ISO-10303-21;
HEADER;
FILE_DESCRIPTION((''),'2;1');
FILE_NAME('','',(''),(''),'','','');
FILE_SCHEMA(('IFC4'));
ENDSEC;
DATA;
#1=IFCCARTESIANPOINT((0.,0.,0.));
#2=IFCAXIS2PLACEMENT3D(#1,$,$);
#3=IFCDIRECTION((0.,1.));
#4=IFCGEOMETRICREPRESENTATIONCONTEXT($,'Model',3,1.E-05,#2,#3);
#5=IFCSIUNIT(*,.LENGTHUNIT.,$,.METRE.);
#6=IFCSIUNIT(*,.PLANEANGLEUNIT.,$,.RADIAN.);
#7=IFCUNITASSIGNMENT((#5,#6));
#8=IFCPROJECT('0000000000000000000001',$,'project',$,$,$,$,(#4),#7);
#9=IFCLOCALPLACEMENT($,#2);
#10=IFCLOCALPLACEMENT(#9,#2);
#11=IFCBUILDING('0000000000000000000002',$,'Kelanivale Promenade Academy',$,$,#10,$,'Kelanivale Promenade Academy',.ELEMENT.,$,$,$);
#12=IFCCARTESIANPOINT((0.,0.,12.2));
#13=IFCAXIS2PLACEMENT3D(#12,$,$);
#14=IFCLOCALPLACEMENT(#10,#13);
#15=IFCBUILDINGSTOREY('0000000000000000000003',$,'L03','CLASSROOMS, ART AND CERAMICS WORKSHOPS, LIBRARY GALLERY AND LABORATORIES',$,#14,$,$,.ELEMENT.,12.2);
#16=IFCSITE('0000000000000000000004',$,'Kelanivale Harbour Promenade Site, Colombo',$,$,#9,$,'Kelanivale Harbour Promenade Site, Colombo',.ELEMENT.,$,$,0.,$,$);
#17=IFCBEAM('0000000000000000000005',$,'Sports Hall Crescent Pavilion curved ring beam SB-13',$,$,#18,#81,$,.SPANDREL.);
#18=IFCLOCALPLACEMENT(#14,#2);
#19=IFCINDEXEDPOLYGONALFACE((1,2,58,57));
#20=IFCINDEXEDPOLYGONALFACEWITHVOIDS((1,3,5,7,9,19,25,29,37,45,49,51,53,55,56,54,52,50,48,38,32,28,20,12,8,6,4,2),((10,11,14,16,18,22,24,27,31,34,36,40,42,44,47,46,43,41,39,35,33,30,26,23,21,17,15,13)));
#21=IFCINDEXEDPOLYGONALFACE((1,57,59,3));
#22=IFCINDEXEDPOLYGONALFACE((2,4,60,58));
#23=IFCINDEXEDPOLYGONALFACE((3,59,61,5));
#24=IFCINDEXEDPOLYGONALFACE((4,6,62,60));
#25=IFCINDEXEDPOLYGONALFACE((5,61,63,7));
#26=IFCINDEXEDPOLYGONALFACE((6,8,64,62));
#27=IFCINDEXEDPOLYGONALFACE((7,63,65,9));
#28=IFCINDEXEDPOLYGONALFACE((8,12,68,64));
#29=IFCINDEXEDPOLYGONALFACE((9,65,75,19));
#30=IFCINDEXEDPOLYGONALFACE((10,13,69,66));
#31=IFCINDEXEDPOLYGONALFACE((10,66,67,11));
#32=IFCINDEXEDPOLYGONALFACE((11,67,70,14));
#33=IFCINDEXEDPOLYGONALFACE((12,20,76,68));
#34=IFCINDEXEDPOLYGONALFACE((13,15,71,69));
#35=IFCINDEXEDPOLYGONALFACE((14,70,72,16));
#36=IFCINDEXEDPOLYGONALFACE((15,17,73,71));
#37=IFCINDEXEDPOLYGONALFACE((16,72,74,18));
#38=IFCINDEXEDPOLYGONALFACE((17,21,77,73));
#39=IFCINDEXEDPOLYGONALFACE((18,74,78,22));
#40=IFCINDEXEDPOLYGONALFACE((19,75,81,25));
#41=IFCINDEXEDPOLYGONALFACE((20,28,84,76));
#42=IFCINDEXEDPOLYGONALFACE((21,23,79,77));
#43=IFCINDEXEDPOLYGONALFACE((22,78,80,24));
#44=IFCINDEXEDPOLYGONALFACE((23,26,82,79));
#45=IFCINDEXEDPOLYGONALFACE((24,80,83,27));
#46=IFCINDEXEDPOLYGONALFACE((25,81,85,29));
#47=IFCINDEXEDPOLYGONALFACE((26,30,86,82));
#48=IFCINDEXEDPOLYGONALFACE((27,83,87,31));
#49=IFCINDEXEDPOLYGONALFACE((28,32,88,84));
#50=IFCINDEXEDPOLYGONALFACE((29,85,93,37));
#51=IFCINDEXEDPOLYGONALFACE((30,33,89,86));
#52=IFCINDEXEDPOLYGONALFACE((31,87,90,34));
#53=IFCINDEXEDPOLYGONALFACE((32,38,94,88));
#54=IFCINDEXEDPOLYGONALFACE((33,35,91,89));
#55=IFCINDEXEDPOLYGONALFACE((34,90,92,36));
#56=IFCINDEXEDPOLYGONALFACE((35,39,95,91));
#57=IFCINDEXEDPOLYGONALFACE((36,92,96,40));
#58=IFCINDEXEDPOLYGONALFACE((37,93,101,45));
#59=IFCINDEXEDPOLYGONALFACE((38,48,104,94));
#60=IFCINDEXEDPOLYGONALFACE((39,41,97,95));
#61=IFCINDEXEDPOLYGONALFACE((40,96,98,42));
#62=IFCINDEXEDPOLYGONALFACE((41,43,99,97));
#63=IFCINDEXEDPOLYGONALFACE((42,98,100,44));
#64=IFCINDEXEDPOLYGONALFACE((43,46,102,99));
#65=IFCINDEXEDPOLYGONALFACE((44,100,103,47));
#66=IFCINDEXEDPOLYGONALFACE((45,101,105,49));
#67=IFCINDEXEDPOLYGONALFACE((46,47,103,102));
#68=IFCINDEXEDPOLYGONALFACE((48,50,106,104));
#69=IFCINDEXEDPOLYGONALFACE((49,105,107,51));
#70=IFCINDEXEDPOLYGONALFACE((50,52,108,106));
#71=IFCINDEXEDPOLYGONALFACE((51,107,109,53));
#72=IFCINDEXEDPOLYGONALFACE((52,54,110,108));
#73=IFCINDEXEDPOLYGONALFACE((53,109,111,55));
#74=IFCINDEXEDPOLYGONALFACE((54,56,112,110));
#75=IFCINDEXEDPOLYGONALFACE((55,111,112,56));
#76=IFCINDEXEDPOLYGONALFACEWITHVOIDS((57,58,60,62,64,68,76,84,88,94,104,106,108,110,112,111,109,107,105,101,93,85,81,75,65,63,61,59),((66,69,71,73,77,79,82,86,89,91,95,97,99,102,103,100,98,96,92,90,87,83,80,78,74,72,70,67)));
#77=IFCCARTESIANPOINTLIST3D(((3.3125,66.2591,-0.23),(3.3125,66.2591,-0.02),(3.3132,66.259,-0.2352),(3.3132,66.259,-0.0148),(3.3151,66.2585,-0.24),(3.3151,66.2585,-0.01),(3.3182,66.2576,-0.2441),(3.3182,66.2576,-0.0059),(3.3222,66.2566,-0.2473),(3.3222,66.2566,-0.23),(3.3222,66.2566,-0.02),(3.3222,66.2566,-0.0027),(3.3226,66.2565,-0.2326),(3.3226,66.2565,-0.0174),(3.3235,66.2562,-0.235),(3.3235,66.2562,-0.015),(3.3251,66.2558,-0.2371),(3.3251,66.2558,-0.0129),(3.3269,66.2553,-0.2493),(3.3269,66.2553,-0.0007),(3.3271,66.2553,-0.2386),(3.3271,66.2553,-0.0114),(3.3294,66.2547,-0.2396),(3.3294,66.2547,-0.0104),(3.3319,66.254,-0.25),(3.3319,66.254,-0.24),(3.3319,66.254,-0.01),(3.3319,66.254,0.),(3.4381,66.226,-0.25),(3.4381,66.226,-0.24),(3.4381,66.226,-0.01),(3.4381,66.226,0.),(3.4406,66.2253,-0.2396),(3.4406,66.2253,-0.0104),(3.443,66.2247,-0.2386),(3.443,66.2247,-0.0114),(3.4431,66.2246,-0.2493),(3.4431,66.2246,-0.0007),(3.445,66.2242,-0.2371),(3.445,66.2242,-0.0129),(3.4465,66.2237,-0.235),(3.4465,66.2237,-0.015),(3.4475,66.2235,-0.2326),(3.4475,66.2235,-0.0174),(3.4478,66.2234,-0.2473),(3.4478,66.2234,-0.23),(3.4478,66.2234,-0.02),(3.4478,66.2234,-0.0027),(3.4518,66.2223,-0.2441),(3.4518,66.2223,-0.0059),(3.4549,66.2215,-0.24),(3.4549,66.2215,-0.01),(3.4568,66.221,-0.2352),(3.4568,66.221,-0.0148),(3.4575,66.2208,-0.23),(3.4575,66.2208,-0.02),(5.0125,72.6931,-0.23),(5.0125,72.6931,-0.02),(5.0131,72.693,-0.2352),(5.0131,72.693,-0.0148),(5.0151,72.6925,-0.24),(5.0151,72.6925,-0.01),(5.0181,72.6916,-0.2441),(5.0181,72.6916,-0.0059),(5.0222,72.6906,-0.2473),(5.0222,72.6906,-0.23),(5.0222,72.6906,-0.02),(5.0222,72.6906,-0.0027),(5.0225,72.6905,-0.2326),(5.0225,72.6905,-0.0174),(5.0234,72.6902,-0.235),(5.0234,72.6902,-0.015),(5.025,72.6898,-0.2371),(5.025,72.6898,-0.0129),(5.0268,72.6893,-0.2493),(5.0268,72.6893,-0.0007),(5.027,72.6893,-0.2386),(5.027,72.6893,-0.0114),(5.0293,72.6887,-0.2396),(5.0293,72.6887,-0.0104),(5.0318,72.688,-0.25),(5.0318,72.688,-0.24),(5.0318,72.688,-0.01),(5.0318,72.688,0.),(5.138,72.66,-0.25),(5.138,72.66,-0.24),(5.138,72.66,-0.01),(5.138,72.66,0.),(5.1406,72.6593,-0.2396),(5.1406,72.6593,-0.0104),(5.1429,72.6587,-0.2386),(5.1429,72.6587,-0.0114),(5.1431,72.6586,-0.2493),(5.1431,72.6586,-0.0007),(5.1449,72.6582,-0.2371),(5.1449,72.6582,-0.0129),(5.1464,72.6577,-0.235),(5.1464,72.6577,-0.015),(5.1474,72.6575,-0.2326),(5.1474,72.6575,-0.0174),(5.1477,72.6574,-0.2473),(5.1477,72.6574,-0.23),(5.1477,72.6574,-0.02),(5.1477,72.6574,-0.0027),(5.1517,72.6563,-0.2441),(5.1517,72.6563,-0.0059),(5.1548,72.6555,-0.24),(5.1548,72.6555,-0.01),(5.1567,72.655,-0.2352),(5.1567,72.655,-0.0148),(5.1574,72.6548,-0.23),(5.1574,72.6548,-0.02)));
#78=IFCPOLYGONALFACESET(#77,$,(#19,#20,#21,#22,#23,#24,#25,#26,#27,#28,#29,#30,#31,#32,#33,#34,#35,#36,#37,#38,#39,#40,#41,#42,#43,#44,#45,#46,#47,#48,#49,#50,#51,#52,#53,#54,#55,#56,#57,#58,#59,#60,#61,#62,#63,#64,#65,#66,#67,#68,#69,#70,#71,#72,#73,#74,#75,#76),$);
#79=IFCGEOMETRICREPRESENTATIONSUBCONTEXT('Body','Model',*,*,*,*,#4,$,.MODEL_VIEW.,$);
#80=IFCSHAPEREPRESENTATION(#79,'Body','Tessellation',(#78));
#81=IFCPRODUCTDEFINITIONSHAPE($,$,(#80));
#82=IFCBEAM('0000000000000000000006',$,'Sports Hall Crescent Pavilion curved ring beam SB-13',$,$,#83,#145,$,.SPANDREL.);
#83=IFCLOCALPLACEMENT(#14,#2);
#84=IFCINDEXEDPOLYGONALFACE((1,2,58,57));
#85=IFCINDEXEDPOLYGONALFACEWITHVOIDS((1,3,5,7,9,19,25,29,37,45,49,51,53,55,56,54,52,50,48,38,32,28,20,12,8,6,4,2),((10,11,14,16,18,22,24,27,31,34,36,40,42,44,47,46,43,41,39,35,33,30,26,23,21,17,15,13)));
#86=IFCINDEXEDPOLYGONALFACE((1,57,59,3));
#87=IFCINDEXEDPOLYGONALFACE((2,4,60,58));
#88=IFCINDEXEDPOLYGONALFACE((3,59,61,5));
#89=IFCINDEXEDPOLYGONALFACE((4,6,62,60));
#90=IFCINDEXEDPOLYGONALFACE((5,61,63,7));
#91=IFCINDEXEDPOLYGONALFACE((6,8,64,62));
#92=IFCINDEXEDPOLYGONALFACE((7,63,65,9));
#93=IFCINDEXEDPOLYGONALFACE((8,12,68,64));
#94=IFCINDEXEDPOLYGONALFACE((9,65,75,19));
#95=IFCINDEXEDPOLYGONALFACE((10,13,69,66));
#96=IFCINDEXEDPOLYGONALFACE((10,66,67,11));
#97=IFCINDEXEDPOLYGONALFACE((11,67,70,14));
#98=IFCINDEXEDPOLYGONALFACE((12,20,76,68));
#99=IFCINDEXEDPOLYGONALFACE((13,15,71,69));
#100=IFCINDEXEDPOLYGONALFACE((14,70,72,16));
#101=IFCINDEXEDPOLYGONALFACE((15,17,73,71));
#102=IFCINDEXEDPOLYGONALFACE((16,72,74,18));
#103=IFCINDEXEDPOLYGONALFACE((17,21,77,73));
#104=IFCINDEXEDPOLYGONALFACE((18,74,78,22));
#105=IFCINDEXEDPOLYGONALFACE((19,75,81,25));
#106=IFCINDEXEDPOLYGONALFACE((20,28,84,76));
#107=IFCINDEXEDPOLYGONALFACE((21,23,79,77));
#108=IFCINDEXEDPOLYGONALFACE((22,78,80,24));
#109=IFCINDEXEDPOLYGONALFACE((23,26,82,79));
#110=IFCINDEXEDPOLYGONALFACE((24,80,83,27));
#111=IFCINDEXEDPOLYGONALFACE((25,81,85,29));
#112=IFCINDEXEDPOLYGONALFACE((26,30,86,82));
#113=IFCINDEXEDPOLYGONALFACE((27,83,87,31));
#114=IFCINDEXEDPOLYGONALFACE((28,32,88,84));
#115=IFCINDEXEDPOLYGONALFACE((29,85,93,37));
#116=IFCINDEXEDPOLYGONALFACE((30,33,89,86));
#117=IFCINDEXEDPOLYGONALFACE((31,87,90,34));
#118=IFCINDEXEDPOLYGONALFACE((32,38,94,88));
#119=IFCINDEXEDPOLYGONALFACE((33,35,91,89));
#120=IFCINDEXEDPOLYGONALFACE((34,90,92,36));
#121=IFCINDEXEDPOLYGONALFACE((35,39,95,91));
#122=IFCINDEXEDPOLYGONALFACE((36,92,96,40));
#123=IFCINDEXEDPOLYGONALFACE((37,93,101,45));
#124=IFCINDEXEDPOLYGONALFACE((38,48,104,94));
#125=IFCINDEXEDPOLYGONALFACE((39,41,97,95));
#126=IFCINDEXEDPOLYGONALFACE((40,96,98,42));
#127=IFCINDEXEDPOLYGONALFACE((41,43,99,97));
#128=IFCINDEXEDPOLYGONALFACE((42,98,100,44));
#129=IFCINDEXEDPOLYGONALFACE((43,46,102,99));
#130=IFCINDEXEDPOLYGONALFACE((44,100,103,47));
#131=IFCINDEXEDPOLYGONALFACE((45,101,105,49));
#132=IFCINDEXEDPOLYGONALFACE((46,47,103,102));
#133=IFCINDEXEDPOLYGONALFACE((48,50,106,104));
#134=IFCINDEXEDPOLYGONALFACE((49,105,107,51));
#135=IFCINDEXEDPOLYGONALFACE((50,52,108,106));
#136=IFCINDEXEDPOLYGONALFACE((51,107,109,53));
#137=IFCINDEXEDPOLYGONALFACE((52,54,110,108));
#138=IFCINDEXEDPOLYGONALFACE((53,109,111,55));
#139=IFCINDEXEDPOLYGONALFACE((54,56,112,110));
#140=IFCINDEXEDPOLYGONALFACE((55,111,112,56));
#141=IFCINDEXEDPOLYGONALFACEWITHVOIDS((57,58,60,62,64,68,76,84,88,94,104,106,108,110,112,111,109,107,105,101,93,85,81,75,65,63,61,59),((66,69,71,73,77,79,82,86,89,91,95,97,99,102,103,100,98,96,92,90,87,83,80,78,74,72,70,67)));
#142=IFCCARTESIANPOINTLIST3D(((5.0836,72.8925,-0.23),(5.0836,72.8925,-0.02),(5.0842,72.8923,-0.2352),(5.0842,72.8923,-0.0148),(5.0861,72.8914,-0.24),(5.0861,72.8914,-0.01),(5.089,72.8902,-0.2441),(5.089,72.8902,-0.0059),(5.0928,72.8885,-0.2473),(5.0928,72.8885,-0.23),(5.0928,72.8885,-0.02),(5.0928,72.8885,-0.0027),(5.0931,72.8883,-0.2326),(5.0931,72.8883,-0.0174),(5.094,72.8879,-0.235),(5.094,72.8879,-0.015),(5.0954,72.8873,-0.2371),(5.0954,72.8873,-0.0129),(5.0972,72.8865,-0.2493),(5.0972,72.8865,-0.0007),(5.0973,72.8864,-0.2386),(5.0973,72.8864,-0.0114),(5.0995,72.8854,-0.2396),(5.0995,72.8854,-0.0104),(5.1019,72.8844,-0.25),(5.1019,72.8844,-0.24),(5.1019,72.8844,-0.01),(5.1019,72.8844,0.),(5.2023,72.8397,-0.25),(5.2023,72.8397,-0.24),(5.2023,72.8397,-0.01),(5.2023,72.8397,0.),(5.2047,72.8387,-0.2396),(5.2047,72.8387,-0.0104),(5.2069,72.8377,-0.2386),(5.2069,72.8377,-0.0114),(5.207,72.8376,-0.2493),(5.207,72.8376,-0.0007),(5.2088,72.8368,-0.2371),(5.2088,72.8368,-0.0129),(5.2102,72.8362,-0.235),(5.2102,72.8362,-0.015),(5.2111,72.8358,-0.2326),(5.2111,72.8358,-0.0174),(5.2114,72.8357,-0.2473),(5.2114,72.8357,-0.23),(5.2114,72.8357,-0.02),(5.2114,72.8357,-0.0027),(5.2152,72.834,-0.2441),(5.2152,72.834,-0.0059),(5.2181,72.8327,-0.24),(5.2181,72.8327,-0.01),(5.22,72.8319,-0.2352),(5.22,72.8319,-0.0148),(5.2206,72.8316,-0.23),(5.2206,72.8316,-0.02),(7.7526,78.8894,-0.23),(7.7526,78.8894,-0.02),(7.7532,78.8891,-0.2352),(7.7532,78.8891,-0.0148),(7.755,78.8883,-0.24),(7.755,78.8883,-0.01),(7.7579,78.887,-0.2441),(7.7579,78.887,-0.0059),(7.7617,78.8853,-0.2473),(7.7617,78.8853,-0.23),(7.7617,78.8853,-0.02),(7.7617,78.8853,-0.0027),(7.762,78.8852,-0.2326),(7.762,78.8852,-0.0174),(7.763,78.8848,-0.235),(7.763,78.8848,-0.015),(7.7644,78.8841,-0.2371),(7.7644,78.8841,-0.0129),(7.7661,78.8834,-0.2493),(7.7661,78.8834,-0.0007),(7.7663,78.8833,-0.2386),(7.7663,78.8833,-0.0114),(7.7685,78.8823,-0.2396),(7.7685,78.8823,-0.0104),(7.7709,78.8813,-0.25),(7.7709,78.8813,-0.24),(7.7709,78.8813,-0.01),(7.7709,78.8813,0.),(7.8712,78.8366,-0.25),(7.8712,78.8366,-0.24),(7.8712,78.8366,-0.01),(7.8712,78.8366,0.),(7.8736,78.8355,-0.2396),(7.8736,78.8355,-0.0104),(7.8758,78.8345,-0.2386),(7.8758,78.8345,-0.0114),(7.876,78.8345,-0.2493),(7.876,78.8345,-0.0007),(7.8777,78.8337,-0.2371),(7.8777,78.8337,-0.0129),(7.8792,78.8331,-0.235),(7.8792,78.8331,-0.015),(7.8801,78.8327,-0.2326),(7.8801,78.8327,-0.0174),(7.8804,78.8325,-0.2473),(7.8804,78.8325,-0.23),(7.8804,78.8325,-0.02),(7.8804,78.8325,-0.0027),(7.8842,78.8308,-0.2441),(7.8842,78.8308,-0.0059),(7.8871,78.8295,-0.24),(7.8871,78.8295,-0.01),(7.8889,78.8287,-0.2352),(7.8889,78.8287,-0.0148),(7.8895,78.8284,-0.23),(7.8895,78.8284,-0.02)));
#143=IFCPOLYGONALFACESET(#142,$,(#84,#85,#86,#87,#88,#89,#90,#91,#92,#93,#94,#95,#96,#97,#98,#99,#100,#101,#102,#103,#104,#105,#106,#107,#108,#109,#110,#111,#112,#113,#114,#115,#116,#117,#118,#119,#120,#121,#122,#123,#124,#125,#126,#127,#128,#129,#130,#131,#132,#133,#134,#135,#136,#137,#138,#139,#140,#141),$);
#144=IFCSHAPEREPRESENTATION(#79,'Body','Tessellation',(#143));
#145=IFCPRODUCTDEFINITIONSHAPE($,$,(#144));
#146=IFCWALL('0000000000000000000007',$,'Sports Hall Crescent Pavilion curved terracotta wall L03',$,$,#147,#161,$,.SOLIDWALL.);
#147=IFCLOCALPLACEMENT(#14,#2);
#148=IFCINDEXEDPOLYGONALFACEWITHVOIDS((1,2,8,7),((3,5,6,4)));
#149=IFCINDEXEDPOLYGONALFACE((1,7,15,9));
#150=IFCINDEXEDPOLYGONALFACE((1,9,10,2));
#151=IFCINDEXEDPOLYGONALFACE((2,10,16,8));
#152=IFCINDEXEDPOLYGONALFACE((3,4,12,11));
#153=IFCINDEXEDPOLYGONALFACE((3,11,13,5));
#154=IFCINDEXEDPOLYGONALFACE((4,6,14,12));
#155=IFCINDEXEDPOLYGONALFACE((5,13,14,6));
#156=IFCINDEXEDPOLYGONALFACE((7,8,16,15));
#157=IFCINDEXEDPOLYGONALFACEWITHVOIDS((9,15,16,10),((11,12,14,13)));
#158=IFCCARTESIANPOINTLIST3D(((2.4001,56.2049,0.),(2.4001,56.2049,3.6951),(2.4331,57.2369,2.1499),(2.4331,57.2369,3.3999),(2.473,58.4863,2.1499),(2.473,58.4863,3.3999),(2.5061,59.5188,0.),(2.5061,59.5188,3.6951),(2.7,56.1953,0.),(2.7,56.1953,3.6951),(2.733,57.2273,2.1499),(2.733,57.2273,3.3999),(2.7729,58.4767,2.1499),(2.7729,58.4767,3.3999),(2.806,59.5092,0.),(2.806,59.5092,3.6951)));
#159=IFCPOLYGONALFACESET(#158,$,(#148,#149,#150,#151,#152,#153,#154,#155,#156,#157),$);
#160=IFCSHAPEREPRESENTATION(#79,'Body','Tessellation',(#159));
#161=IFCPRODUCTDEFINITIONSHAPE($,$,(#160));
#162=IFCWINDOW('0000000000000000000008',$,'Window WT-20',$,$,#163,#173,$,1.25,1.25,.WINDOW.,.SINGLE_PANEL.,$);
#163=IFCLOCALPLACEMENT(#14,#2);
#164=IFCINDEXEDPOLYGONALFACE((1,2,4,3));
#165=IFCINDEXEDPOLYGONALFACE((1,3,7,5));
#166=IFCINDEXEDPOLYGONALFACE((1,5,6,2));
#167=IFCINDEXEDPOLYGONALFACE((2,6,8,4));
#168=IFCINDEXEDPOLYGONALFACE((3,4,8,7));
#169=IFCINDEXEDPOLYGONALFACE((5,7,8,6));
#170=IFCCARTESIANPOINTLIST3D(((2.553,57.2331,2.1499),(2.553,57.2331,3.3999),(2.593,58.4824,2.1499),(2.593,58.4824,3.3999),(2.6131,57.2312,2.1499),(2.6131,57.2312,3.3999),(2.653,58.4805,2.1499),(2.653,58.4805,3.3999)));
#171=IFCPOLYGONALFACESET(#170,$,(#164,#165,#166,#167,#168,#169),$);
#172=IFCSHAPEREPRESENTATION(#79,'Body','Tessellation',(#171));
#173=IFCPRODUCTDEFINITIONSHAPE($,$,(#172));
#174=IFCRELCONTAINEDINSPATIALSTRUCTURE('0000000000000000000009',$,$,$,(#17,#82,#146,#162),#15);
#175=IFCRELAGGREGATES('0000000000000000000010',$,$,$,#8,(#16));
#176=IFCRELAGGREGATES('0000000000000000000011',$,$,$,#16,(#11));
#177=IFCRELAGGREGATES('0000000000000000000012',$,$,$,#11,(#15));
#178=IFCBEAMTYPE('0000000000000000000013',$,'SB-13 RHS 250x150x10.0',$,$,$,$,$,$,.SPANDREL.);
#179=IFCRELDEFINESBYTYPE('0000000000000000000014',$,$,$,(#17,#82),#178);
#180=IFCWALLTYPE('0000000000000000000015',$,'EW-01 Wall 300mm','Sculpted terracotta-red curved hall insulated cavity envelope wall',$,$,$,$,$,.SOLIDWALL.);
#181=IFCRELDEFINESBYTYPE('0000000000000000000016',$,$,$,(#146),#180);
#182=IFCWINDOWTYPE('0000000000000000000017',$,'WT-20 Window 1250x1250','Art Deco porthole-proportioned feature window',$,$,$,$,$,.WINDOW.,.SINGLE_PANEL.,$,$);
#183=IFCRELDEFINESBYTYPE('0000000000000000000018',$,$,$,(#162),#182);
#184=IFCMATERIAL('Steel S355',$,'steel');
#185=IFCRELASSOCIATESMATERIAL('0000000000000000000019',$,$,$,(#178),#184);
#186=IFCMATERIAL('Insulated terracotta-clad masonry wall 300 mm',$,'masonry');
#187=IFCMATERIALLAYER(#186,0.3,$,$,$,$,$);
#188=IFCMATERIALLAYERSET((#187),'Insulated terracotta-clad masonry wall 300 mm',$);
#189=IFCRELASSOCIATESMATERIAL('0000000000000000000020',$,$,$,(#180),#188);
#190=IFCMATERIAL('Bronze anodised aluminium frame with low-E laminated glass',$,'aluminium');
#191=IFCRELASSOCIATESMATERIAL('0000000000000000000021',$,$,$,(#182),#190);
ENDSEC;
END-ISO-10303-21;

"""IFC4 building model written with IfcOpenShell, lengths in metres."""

from ifc_helpers import new_model, si_unit, direction, frame, frame_2d, origin, origin_2d, place, context, subcontext, project, spatial, rectangle, hollow_rectangle, extrude, material, layer, layer_set, material_profile, profile_set, type_object, element, fill, save


model = new_model("IFC4")

# Units and contexts
model_context = context("Model", 3, precision=1e-05, world=origin(), true_north=direction((0.0, 1.0)))
body_context = subcontext(model_context, "Body", "Model", "MODEL_VIEW")
ifc_project = project(units=[si_unit("LENGTHUNIT", "METRE"), si_unit("PLANEANGLEUNIT", "RADIAN")], contexts=[model_context])

# Site, building, storey
site_placement = place(None, origin())
site = spatial("IfcSite", under=ifc_project, at=site_placement, Name="Kelanivale Harbour Promenade Site, Colombo", LongName="Kelanivale Harbour Promenade Site, Colombo", CompositionType="ELEMENT", RefElevation=0.0)
building_placement = place(site_placement, origin())
building = spatial("IfcBuilding", under=site, at=building_placement, Name="Kelanivale Promenade Academy", LongName="Kelanivale Promenade Academy", CompositionType="ELEMENT")
storey_placement = place(building_placement, frame((0.0, 0.0, 12.2)))
storey = spatial("IfcBuildingStorey", under=building, at=storey_placement, Name="L03", Description="CLASSROOMS, ART AND CERAMICS WORKSHOPS, LIBRARY GALLERY AND LABORATORIES", CompositionType="ELEMENT", Elevation=12.2)

# Shared definitions
ifc_material_1 = material(Name="Steel S355", Category="steel")

# Beams
ifc_material_profile_1 = material_profile(ifc_material_1, hollow_rectangle(XDim=0.1499, YDim=0.25, WallThickness=0.01, InnerFilletRadius=0.01, OuterFilletRadius=0.02, at=origin_2d()), Name="RHS 250x150x10.0")
ifc_profile_set_1 = profile_set([ifc_material_profile_1], Name="Steel S355")
beam_type = type_object("IfcBeamType", Name="SB-13 RHS 250x150x10.0", PredefinedType="SPANDREL", material=ifc_profile_set_1)
beam_1_placement = place(storey_placement, frame((3.385, 66.24, -0.125), z_axis=(0.255445, 0.966824, 0.0), x_axis=(-0.966824, 0.255445, 0.0)))
element("IfcBeam", 1, at=beam_1_placement, inside=storey, type_object=beam_type, Name="Sports Hall Crescent Pavilion curved ring beam SB-13", PredefinedType="SPANDREL", context=body_context, shape_type="SweptSolid", body=[
    extrude(hollow_rectangle(XDim=0.1499, YDim=0.25, WallThickness=0.01, InnerFilletRadius=0.01, OuterFilletRadius=0.02, at=origin_2d()), origin(), (0.0, 0.0, 1.0), 6.6548),
])
beam_2_placement = place(storey_placement, frame((5.1521, 72.8621, -0.125), z_axis=(0.406608, 0.913603, 0.0), x_axis=(-0.913603, 0.406608, 0.0)))
element("IfcBeam", 2, at=beam_2_placement, inside=storey, type_object=beam_type, Name="Sports Hall Crescent Pavilion curved ring beam SB-13", PredefinedType="SPANDREL", context=body_context, shape_type="SweptSolid", body=[
    extrude(hollow_rectangle(XDim=0.1499, YDim=0.25, WallThickness=0.01, InnerFilletRadius=0.01, OuterFilletRadius=0.02, at=origin_2d()), origin(), (0.0, 0.0, 1.0), 6.564),
])

# Wall, opening, window
ifc_material_2 = material(Name="Insulated terracotta-clad masonry wall 300 mm", Category="masonry")
ifc_layer_1 = layer(ifc_material_2, 0.3)
ifc_layer_set_1 = layer_set([ifc_layer_1], Name="Insulated terracotta-clad masonry wall 300 mm")
wall_type = type_object("IfcWallType", Name="EW-01 Wall 300mm", Description="Sculpted terracotta-red curved hall insulated cavity envelope wall", PredefinedType="SOLIDWALL", material=ifc_layer_set_1)
wall_1_placement = place(storey_placement, frame((2.656, 59.5139, 0.0), z_axis=(0.0, 0.0, 1.0), x_axis=(-0.031957, -0.999489, 0.0)))
wall_1 = element("IfcWall", 3, at=wall_1_placement, inside=storey, type_object=wall_type, Name="Sports Hall Crescent Pavilion curved terracotta wall L03", PredefinedType="SOLIDWALL", context=body_context, shape_type="SweptSolid", body=[
    extrude(rectangle(XDim=3.3157, YDim=0.3, at=frame_2d((1.6577, 0.0))), origin(), (0.0, 0.0, 1.0), 3.6951),
])
opening_1_placement = place(wall_1_placement, frame((1.033, 0.0, 2.1499)))
opening_1 = element("IfcOpeningElement", 4, at=opening_1_placement, cuts=wall_1, PredefinedType="OPENING", context=body_context, shape_type="SweptSolid", body=[
    extrude(rectangle(XDim=1.25, YDim=1.25, at=frame_2d((0.625, 0.625))), frame((0.0, 0.1602, 0.0), z_axis=(0.0, -1.0, 0.0), x_axis=(1.0, 0.0, 0.0)), (0.0, 0.0, 1.0), 0.3201),
])
ifc_material_3 = material(Name="Bronze anodised aluminium frame with low-E laminated glass", Category="aluminium")
window_type = type_object("IfcWindowType", Name="WT-20 Window 1250x1250", Description="Art Deco porthole-proportioned feature window", PartitioningType="SINGLE_PANEL", PredefinedType="WINDOW", material=ifc_material_3)
window_1_placement = place(opening_1_placement, origin())
window_1 = element("IfcWindow", 5, at=window_1_placement, inside=storey, type_object=window_type, Name="Window WT-20", OverallHeight=1.25, OverallWidth=1.25, PartitioningType="SINGLE_PANEL", PredefinedType="WINDOW", context=body_context, shape_type="SweptSolid", body=[
    extrude(rectangle(XDim=1.25, YDim=1.25, at=frame_2d((0.625, 0.625))), frame((0.0, 0.03, 0.0), z_axis=(0.0, -1.0, 0.0), x_axis=(1.0, 0.0, 0.0)), (0.0, 0.0, 1.0), 0.0601),
])
fill(opening_1, window_1)

save(model, "model.ifc")
